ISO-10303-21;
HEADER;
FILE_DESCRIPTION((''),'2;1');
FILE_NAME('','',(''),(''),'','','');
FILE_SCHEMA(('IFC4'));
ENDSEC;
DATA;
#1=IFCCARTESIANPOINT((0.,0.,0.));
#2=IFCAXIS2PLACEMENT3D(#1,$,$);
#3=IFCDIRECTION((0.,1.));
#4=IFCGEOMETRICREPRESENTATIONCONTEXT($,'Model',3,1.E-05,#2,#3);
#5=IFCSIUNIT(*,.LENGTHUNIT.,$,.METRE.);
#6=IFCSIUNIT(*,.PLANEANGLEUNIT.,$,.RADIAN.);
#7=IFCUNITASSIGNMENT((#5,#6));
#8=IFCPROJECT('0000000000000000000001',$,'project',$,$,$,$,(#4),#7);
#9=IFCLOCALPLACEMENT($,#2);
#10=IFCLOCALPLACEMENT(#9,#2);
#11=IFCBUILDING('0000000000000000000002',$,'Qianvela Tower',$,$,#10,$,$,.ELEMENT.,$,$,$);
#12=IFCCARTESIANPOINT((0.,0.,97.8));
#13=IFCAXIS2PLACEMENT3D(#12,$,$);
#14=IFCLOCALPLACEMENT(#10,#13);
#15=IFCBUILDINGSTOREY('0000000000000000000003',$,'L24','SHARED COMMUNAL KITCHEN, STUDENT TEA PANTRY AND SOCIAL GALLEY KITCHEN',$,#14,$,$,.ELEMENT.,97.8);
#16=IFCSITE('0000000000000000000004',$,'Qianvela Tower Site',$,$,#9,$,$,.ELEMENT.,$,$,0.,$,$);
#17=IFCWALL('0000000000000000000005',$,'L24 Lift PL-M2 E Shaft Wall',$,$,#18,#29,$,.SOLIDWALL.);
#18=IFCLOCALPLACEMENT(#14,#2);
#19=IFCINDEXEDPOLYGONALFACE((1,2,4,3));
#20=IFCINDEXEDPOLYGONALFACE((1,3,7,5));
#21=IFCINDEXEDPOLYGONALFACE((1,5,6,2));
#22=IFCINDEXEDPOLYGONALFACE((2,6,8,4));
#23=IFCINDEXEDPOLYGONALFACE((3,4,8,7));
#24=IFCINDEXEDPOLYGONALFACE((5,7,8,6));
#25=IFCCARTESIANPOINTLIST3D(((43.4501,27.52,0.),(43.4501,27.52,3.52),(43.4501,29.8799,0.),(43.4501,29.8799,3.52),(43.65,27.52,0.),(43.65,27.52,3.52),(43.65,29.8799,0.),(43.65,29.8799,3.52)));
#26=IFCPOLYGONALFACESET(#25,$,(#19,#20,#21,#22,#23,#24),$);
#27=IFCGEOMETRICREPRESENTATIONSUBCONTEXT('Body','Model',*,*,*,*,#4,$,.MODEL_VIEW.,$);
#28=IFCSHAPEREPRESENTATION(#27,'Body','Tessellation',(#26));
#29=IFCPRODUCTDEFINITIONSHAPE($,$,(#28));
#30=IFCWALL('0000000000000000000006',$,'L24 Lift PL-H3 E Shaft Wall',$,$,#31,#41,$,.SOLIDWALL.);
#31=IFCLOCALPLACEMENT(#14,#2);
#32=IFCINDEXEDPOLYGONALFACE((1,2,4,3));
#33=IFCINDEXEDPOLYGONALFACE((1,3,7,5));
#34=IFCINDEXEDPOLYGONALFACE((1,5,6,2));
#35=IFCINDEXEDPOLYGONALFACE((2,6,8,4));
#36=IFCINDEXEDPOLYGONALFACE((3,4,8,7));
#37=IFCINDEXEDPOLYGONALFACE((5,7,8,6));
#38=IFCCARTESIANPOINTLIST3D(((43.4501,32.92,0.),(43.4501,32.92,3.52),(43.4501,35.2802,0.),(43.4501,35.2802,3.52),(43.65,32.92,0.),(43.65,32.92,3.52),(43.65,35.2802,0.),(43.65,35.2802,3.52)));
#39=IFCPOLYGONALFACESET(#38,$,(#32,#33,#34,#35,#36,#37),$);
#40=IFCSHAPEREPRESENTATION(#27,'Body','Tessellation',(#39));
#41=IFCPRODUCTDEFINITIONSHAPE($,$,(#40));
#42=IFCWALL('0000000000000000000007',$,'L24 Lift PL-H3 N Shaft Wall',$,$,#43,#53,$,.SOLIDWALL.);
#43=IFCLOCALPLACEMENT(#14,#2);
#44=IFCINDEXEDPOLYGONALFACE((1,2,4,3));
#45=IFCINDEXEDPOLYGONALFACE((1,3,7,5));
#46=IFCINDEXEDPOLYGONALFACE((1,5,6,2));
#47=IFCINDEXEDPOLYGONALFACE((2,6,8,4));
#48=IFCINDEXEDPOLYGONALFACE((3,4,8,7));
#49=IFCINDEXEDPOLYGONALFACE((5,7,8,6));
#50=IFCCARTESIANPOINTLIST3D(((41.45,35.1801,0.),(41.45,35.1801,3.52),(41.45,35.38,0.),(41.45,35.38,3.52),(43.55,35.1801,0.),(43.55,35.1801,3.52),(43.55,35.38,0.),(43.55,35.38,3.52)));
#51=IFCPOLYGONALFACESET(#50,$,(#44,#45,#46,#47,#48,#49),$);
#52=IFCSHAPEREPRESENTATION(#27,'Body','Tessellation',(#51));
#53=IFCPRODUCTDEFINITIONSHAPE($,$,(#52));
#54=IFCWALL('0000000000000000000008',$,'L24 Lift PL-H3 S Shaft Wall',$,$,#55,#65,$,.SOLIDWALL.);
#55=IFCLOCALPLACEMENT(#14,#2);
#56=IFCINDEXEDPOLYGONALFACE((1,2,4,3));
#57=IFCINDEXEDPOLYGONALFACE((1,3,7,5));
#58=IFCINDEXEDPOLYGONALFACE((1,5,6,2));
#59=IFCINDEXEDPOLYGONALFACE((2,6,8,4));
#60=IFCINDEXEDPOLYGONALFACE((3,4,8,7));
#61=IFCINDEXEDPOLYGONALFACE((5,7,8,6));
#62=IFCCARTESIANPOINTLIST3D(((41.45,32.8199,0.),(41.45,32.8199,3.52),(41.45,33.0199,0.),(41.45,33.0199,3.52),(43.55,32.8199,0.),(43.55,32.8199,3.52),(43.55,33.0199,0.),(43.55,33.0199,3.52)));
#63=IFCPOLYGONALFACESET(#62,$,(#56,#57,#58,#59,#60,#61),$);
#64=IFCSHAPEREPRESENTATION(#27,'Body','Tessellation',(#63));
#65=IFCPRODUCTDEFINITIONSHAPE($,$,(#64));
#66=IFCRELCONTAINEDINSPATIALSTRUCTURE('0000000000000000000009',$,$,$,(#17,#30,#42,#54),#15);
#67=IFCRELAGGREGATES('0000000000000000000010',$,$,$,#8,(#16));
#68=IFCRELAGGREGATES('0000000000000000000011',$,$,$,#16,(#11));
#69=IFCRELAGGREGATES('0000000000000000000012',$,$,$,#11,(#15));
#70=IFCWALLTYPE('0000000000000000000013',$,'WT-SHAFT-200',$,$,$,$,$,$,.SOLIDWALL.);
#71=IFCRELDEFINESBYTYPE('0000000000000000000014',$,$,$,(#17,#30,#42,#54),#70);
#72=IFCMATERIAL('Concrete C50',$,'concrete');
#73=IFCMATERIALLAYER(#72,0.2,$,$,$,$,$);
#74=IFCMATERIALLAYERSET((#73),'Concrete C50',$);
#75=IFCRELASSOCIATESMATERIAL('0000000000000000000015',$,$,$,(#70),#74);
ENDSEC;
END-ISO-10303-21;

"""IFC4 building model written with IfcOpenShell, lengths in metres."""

from ifc_helpers import new_model, si_unit, direction, frame, frame_2d, origin, place, context, subcontext, project, spatial, rectangle, extrude, material, layer, layer_set, type_object, element, save


model = new_model("IFC4")

# Units and contexts
model_context = context("Model", 3, precision=1e-05, world=origin(), true_north=direction((0.0, 1.0)))
body_context = subcontext(model_context, "Body", "Model", "MODEL_VIEW")
ifc_project = project(units=[si_unit("LENGTHUNIT", "METRE"), si_unit("PLANEANGLEUNIT", "RADIAN")], contexts=[model_context])

# Site, building, storey
site_placement = place(None, origin())
site = spatial("IfcSite", under=ifc_project, at=site_placement, Name="Qianvela Tower Site", CompositionType="ELEMENT", RefElevation=0.0)
building_placement = place(site_placement, origin())
building = spatial("IfcBuilding", under=site, at=building_placement, Name="Qianvela Tower", CompositionType="ELEMENT")
storey_placement = place(building_placement, frame((0.0, 0.0, 97.8)))
storey = spatial("IfcBuildingStorey", under=building, at=storey_placement, Name="L24", Description="SHARED COMMUNAL KITCHEN, STUDENT TEA PANTRY AND SOCIAL GALLEY KITCHEN", CompositionType="ELEMENT", Elevation=97.8)

# Walls
ifc_material_1 = material(Name="Concrete C50", Category="concrete")
ifc_layer_1 = layer(ifc_material_1, 0.2)
ifc_layer_set_1 = layer_set([ifc_layer_1], Name="Concrete C50")
wall_type_1 = type_object("IfcWallType", Name="WT-SHAFT-200", PredefinedType="SOLIDWALL", material=ifc_layer_set_1)
for number, where, z_axis, x_axis, name in (
    (1, (43.55, 27.52, 0.0), (0.0, 0.0, 1.0), (0.0, 1.0, 0.0), "L24 Lift PL-M2 E Shaft Wall"),
):
    element("IfcWall", number, at=place(storey_placement, frame(where, z_axis=z_axis, x_axis=x_axis)), inside=storey, type_object=wall_type_1, Name=name, PredefinedType="SOLIDWALL", context=body_context, shape_type="SweptSolid", body=[
        extrude(rectangle(XDim=2.3599, YDim=0.2, at=frame_2d((1.1799, 0.0))), origin(), (0.0, 0.0, 1.0), 3.52),
    ])
wall_1_placement = place(storey_placement, frame((43.55, 32.9199, 0.0), z_axis=(0.0, 0.0, 1.0), x_axis=(0.0, 1.0, 0.0)))
element("IfcWall", 2, at=wall_1_placement, inside=storey, type_object=wall_type_1, Name="L24 Lift PL-H3 E Shaft Wall", PredefinedType="SOLIDWALL", context=body_context, shape_type="SweptSolid", body=[
    extrude(rectangle(XDim=2.3601, YDim=0.2, at=frame_2d((1.1802, 0.0))), origin(), (0.0, 0.0, 1.0), 3.52),
])
for number, where, z_axis, x_axis, name in (
    (3, (41.45, 35.28, 0.0), (0.0, 0.0, 1.0), (1.0, 0.0, 0.0), "L24 Lift PL-H3 N Shaft Wall"),
    (4, (41.45, 32.9199, 0.0), (0.0, 0.0, 1.0), (1.0, 0.0, 0.0), "L24 Lift PL-H3 S Shaft Wall"),
):
    element("IfcWall", number, at=place(storey_placement, frame(where, z_axis=z_axis, x_axis=x_axis)), inside=storey, type_object=wall_type_1, Name=name, PredefinedType="SOLIDWALL", context=body_context, shape_type="SweptSolid", body=[
        extrude(rectangle(XDim=2.1001, YDim=0.2, at=frame_2d((1.05, 0.0))), origin(), (0.0, 0.0, 1.0), 3.52),
    ])

save(model, "model.ifc")
